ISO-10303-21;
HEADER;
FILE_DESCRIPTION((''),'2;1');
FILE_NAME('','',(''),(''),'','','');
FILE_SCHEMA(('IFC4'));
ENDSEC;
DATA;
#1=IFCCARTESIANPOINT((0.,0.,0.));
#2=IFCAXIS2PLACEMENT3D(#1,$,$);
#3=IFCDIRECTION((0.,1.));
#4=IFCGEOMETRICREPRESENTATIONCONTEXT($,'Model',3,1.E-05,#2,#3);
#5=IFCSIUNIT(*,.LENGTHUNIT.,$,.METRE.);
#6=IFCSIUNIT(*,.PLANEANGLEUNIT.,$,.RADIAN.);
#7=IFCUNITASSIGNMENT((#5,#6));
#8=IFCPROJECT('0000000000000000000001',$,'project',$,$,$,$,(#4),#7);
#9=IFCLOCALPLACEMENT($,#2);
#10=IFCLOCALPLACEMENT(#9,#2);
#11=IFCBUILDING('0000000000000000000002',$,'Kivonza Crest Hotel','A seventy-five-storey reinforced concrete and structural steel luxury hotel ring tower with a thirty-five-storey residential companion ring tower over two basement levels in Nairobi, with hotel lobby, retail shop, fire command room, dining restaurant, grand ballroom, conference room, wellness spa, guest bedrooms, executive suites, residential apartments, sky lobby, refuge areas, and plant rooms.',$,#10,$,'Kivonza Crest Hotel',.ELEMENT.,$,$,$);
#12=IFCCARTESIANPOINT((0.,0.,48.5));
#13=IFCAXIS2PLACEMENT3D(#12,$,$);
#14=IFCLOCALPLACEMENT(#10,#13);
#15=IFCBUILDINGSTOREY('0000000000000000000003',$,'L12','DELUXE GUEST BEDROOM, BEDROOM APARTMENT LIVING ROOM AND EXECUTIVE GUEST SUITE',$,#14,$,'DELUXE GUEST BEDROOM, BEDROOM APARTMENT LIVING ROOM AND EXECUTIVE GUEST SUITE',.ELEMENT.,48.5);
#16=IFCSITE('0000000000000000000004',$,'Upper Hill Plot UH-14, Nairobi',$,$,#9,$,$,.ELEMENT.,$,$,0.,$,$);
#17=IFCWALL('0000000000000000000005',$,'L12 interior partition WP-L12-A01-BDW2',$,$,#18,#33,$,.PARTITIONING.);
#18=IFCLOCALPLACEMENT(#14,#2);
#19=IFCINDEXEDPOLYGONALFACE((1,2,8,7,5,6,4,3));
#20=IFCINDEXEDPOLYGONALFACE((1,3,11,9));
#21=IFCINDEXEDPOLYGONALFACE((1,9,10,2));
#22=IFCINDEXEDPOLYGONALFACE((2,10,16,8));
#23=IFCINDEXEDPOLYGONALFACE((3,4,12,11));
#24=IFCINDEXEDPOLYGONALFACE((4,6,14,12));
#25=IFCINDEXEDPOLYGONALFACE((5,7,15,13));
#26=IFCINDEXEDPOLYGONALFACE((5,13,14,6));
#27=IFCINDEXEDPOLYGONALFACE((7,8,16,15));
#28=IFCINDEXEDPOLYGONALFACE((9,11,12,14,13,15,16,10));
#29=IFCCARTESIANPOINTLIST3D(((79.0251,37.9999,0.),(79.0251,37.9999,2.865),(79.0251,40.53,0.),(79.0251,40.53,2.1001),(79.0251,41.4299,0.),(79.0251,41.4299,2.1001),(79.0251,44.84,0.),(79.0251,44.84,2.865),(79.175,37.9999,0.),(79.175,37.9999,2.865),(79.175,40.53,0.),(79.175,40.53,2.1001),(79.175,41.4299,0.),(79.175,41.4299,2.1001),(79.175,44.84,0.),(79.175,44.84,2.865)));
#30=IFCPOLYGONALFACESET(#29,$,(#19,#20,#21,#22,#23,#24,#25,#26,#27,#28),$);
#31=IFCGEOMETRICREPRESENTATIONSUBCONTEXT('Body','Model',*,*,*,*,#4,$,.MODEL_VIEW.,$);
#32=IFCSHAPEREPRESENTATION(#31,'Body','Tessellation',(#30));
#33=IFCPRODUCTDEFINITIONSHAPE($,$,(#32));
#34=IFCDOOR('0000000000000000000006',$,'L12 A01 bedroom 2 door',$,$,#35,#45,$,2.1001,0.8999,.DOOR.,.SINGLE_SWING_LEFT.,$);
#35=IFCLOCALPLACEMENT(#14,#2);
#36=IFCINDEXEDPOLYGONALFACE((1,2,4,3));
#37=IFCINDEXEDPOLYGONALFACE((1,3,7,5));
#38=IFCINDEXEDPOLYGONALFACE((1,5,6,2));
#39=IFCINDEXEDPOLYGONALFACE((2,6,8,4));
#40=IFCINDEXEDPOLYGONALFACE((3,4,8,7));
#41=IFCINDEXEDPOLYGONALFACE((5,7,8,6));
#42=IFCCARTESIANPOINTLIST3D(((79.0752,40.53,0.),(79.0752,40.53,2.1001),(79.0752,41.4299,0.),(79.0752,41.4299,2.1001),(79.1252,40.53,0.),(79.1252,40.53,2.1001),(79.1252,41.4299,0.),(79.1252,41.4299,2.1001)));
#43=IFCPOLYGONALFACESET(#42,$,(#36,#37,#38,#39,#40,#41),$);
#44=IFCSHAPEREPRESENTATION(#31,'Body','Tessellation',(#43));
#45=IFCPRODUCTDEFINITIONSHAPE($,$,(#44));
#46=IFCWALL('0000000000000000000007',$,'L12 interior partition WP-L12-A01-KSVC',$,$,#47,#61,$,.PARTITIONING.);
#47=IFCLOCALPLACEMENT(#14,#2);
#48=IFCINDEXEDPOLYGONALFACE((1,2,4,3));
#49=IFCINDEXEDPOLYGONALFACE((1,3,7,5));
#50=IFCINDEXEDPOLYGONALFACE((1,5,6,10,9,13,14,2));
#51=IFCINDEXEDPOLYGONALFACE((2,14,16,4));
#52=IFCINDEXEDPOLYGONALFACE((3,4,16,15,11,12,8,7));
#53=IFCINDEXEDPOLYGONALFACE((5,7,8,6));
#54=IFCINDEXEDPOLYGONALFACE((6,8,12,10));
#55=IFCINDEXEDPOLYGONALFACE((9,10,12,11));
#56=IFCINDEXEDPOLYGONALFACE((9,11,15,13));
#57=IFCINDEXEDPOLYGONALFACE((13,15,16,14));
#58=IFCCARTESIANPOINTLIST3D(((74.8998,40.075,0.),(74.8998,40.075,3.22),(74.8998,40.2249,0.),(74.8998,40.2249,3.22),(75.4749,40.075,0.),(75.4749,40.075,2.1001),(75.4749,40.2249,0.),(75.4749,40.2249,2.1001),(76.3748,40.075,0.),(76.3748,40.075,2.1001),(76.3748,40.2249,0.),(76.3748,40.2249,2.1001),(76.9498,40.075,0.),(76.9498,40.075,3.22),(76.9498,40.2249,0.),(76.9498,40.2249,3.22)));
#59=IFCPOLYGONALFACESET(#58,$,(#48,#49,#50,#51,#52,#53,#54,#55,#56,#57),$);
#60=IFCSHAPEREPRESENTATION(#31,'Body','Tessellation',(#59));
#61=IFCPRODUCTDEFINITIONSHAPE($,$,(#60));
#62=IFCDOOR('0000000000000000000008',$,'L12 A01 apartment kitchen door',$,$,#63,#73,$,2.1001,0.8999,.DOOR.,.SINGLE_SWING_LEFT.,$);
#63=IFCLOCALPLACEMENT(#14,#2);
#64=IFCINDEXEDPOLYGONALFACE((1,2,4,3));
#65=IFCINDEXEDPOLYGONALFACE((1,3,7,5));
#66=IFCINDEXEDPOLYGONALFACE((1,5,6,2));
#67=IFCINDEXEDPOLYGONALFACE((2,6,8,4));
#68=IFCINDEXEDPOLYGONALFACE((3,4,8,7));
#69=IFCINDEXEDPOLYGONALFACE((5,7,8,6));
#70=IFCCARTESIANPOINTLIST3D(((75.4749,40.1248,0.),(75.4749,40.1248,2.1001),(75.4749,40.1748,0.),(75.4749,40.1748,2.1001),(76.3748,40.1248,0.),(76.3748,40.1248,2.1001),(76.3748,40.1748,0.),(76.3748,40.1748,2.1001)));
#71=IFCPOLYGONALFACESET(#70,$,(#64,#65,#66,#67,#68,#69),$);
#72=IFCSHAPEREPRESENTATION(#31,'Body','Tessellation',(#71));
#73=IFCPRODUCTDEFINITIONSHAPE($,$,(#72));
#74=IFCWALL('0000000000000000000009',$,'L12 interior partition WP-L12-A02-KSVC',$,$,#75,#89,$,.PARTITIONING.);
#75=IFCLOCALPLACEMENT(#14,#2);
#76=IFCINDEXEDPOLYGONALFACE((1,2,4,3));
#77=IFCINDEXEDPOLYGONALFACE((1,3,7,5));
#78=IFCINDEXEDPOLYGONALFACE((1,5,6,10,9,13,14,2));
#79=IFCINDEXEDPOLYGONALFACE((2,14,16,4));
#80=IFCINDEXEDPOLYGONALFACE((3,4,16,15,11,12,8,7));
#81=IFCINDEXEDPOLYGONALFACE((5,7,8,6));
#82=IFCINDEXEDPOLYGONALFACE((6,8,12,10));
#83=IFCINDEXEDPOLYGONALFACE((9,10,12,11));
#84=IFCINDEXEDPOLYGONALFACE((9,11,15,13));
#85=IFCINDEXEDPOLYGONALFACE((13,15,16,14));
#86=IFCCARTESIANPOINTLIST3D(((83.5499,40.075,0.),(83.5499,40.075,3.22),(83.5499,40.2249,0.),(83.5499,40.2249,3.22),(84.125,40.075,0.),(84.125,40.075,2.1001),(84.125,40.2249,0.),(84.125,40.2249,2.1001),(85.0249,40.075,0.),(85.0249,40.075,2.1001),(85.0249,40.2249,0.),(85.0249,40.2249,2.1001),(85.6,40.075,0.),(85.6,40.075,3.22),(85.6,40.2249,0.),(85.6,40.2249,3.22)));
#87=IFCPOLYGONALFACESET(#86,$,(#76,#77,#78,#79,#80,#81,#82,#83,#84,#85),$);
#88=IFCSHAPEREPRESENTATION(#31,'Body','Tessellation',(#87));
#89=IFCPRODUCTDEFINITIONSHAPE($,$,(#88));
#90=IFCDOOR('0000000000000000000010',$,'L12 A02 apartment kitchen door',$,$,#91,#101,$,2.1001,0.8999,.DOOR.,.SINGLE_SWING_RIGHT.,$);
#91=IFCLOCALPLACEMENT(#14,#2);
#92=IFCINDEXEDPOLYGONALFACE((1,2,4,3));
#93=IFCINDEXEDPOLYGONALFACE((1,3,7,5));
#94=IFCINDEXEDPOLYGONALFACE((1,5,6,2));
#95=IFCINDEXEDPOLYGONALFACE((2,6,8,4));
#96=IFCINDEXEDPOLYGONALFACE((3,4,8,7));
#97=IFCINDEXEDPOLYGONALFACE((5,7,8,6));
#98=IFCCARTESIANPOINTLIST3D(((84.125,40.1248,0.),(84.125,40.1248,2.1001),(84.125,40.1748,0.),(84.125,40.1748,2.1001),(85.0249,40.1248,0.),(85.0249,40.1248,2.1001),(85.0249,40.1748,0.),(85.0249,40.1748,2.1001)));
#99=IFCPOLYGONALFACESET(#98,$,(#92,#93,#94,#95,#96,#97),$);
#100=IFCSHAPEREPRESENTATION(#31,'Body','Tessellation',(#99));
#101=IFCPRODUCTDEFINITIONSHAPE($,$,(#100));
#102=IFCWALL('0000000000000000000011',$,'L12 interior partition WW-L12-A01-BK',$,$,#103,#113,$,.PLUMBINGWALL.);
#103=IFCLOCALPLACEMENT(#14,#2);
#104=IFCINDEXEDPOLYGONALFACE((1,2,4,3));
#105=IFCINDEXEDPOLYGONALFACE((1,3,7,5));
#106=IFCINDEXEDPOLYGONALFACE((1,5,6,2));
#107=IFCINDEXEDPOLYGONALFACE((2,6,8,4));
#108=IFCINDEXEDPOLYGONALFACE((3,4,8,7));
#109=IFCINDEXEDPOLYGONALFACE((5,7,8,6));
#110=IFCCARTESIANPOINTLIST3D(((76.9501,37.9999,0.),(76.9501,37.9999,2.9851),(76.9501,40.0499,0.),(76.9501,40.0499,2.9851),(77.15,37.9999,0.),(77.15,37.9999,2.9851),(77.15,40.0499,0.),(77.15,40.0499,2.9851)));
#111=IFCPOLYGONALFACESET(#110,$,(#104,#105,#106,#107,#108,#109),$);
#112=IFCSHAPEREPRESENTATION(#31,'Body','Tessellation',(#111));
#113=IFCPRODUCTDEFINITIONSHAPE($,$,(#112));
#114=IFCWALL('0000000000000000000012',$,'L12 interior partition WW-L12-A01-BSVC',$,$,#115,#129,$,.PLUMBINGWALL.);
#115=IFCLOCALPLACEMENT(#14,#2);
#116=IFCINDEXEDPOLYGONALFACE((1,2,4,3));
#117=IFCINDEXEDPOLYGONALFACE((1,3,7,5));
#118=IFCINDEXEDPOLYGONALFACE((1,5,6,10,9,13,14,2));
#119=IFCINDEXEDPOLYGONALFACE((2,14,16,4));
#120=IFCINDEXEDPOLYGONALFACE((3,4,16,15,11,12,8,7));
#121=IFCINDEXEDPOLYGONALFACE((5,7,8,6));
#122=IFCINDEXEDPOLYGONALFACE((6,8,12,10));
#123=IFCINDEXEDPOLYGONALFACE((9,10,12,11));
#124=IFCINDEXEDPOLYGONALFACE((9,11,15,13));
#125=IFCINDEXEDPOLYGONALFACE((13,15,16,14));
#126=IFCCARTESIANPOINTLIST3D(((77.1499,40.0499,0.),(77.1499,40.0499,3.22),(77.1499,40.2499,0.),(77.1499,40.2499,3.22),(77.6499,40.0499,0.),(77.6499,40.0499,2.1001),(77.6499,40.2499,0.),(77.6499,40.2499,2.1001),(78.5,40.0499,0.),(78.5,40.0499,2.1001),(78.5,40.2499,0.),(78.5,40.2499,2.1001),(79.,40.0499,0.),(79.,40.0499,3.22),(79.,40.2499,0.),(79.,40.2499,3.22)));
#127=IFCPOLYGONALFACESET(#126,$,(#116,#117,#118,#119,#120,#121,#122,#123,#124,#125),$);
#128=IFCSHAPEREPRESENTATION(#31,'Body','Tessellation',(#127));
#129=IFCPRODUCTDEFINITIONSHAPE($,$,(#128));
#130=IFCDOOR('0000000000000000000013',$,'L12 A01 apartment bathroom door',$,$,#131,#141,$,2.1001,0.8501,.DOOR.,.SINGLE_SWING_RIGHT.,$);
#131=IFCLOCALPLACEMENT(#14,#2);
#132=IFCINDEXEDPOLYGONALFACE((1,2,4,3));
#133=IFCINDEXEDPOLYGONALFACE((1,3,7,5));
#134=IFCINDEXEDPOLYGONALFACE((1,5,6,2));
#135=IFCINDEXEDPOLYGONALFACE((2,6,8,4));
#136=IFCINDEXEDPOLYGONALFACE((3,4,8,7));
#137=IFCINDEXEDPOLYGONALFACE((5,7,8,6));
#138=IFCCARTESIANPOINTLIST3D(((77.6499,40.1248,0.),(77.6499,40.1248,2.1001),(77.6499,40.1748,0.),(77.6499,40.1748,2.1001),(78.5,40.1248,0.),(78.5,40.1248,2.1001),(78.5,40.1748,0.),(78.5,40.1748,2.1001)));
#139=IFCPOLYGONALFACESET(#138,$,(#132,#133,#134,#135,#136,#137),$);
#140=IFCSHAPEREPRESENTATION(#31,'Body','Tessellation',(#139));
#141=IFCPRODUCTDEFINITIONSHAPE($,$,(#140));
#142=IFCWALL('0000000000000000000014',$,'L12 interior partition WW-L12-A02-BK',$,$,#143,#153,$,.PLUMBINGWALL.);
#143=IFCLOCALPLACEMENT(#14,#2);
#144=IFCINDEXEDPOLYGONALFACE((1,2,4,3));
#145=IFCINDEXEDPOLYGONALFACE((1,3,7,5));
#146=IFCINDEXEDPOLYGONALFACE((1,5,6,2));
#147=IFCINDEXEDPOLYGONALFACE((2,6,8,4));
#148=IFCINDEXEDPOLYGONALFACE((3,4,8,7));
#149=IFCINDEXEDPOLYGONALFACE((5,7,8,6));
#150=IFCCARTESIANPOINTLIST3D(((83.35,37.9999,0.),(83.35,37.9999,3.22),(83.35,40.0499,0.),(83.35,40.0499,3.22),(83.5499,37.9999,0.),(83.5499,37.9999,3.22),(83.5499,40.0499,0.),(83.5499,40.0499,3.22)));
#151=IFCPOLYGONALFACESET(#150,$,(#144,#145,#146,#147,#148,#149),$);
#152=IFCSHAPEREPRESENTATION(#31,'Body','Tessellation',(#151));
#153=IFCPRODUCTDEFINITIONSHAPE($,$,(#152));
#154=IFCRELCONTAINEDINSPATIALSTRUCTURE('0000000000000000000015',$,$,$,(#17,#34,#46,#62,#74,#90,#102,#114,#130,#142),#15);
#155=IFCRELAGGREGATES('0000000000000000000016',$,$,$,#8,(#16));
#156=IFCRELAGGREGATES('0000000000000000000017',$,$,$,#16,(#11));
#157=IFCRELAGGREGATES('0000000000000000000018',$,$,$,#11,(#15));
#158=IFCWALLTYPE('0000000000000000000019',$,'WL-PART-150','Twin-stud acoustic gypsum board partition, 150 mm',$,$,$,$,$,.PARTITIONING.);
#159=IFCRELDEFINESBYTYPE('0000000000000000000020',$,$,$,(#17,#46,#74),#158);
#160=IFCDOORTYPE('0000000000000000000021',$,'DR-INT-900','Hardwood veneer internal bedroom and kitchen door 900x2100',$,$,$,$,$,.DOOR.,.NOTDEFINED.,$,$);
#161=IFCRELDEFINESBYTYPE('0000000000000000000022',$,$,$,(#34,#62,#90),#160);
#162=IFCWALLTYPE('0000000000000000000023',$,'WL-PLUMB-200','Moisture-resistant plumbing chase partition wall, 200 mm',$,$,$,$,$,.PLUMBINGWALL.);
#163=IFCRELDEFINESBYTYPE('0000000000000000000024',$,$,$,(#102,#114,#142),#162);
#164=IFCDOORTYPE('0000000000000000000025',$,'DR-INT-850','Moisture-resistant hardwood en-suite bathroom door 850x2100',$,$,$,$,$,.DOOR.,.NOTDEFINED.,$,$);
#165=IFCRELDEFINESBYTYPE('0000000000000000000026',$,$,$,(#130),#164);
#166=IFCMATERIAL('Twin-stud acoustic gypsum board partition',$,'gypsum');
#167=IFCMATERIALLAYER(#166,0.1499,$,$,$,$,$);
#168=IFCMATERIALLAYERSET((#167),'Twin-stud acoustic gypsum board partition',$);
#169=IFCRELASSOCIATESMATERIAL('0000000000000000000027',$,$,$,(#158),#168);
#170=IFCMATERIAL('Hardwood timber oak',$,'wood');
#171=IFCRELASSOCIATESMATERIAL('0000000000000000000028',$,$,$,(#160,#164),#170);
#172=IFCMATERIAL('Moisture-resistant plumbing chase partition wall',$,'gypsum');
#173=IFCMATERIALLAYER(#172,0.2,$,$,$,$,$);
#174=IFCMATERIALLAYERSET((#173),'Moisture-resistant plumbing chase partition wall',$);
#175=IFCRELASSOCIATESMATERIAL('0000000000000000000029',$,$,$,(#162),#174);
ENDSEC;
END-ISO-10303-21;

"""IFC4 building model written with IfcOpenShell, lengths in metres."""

from ifc_helpers import new_model, si_unit, direction, frame, frame_2d, origin, place, context, subcontext, project, spatial, rectangle, extrude, material, layer, layer_set, type_object, element, fill, save


model = new_model("IFC4")

# Units and contexts
model_context = context("Model", 3, precision=1e-05, world=origin(), true_north=direction((0.0, 1.0)))
body_context = subcontext(model_context, "Body", "Model", "MODEL_VIEW")
ifc_project = project(units=[si_unit("LENGTHUNIT", "METRE"), si_unit("PLANEANGLEUNIT", "RADIAN")], contexts=[model_context])

# Site, building, storey
site_placement = place(None, origin())
site = spatial("IfcSite", under=ifc_project, at=site_placement, Name="Upper Hill Plot UH-14, Nairobi", CompositionType="ELEMENT", RefElevation=0.0)
building_placement = place(site_placement, origin())
building = spatial("IfcBuilding", under=site, at=building_placement, Name="Kivonza Crest Hotel", Description="A seventy-five-storey reinforced concrete and structural steel luxury hotel ring tower with a thirty-five-storey residential companion ring tower over two basement levels in Nairobi, with hotel lobby, retail shop, fire command room, dining restaurant, grand ballroom, conference room, wellness spa, guest bedrooms, executive suites, residential apartments, sky lobby, refuge areas, and plant rooms.", LongName="Kivonza Crest Hotel", CompositionType="ELEMENT")
storey_placement = place(building_placement, frame((0.0, 0.0, 48.5)))
storey = spatial("IfcBuildingStorey", under=building, at=storey_placement, Name="L12", Description="DELUXE GUEST BEDROOM, BEDROOM APARTMENT LIVING ROOM AND EXECUTIVE GUEST SUITE", LongName="DELUXE GUEST BEDROOM, BEDROOM APARTMENT LIVING ROOM AND EXECUTIVE GUEST SUITE", CompositionType="ELEMENT", Elevation=48.5)

# Walls, openings, doors
ifc_material_1 = material(Name="Twin-stud acoustic gypsum board partition", Category="gypsum")
ifc_layer_1 = layer(ifc_material_1, 0.1499)
ifc_layer_set_1 = layer_set([ifc_layer_1], Name="Twin-stud acoustic gypsum board partition")
wall_type_1 = type_object("IfcWallType", Name="WL-PART-150", Description="Twin-stud acoustic gypsum board partition, 150 mm", PredefinedType="PARTITIONING", material=ifc_layer_set_1)
wall_1_placement = place(storey_placement, frame((79.1001, 38.0, 0.0), z_axis=(0.0, 0.0, 1.0), x_axis=(0.0, 1.0, 0.0)))
wall_1 = element("IfcWall", 1, at=wall_1_placement, inside=storey, type_object=wall_type_1, Name="L12 interior partition WP-L12-A01-BDW2", PredefinedType="PARTITIONING", context=body_context, shape_type="SweptSolid", body=[
    extrude(rectangle(XDim=6.8401, YDim=0.1499, at=frame_2d((3.4199, 0.0))), origin(), (0.0, 0.0, 1.0), 2.865),
])
opening_1_placement = place(wall_1_placement, frame((2.53, 0.0, 0.0)))
opening_1 = element("IfcOpeningElement", 2, at=opening_1_placement, cuts=wall_1, PredefinedType="OPENING", context=body_context, shape_type="SweptSolid", body=[
    extrude(rectangle(XDim=0.8999, YDim=2.1001, at=frame_2d((0.45, 1.05))), frame((0.0, 0.085, 0.0), z_axis=(0.0, -1.0, 0.0), x_axis=(1.0, 0.0, 0.0)), (0.0, 0.0, 1.0), 0.1699),
])
ifc_material_2 = material(Name="Hardwood timber oak", Category="wood")
door_type_1 = type_object("IfcDoorType", Name="DR-INT-900", Description="Hardwood veneer internal bedroom and kitchen door 900x2100", OperationType="NOTDEFINED", PredefinedType="DOOR", material=ifc_material_2)
door_1_placement = place(opening_1_placement, origin())
door_1 = element("IfcDoor", 3, at=door_1_placement, inside=storey, type_object=door_type_1, Name="L12 A01 bedroom 2 door", OperationType="SINGLE_SWING_LEFT", OverallHeight=2.1001, OverallWidth=0.8999, PredefinedType="DOOR", context=body_context, shape_type="SweptSolid", body=[
    extrude(rectangle(XDim=0.8999, YDim=2.1001, at=frame_2d((0.45, 1.05))), frame((0.0, 0.0249, 0.0), z_axis=(0.0, -1.0, 0.0), x_axis=(1.0, 0.0, 0.0)), (0.0, 0.0, 1.0), 0.05),
])
fill(opening_1, door_1)
wall_2_placement = place(storey_placement, frame((74.8999, 40.1499, 0.0), z_axis=(0.0, 0.0, 1.0), x_axis=(1.0, 0.0, 0.0)))
wall_2 = element("IfcWall", 4, at=wall_2_placement, inside=storey, type_object=wall_type_1, Name="L12 interior partition WP-L12-A01-KSVC", PredefinedType="PARTITIONING", context=body_context, shape_type="SweptSolid", body=[
    extrude(rectangle(XDim=2.05, YDim=0.1499, at=frame_2d((1.0249, 0.0))), origin(), (0.0, 0.0, 1.0), 3.22),
])
opening_2_placement = place(wall_2_placement, frame((0.575, 0.0, 0.0)))
opening_2 = element("IfcOpeningElement", 5, at=opening_2_placement, cuts=wall_2, PredefinedType="OPENING", context=body_context, shape_type="SweptSolid", body=[
    extrude(rectangle(XDim=0.8999, YDim=2.1001, at=frame_2d((0.45, 1.05))), frame((0.0, 0.085, 0.0), z_axis=(0.0, -1.0, 0.0), x_axis=(1.0, 0.0, 0.0)), (0.0, 0.0, 1.0), 0.1699),
])
door_2_placement = place(opening_2_placement, origin())
door_2 = element("IfcDoor", 6, at=door_2_placement, inside=storey, type_object=door_type_1, Name="L12 A01 apartment kitchen door", OperationType="SINGLE_SWING_LEFT", OverallHeight=2.1001, OverallWidth=0.8999, PredefinedType="DOOR", context=body_context, shape_type="SweptSolid", body=[
    extrude(rectangle(XDim=0.8999, YDim=2.1001, at=frame_2d((0.45, 1.05))), frame((0.0, 0.0249, 0.0), z_axis=(0.0, -1.0, 0.0), x_axis=(1.0, 0.0, 0.0)), (0.0, 0.0, 1.0), 0.05),
])
fill(opening_2, door_2)
wall_3_placement = place(storey_placement, frame((83.55, 40.1499, 0.0), z_axis=(0.0, 0.0, 1.0), x_axis=(1.0, 0.0, 0.0)))
wall_3 = element("IfcWall", 7, at=wall_3_placement, inside=storey, type_object=wall_type_1, Name="L12 interior partition WP-L12-A02-KSVC", PredefinedType="PARTITIONING", context=body_context, shape_type="SweptSolid", body=[
    extrude(rectangle(XDim=2.05, YDim=0.1499, at=frame_2d((1.0249, 0.0))), origin(), (0.0, 0.0, 1.0), 3.22),
])
opening_3_placement = place(wall_3_placement, frame((0.575, 0.0, 0.0)))
opening_3 = element("IfcOpeningElement", 8, at=opening_3_placement, cuts=wall_3, PredefinedType="OPENING", context=body_context, shape_type="SweptSolid", body=[
    extrude(rectangle(XDim=0.8999, YDim=2.1001, at=frame_2d((0.45, 1.05))), frame((0.0, 0.085, 0.0), z_axis=(0.0, -1.0, 0.0), x_axis=(1.0, 0.0, 0.0)), (0.0, 0.0, 1.0), 0.1699),
])
door_3_placement = place(opening_3_placement, origin())
door_3 = element("IfcDoor", 9, at=door_3_placement, inside=storey, type_object=door_type_1, Name="L12 A02 apartment kitchen door", OperationType="SINGLE_SWING_RIGHT", OverallHeight=2.1001, OverallWidth=0.8999, PredefinedType="DOOR", context=body_context, shape_type="SweptSolid", body=[
    extrude(rectangle(XDim=0.8999, YDim=2.1001, at=frame_2d((0.45, 1.05))), frame((0.0, 0.0249, 0.0), z_axis=(0.0, -1.0, 0.0), x_axis=(1.0, 0.0, 0.0)), (0.0, 0.0, 1.0), 0.05),
])
fill(opening_3, door_3)

# Wall
ifc_material_3 = material(Name="Moisture-resistant plumbing chase partition wall", Category="gypsum")
ifc_layer_2 = layer(ifc_material_3, 0.2)
ifc_layer_set_2 = layer_set([ifc_layer_2], Name="Moisture-resistant plumbing chase partition wall")
wall_type_2 = type_object("IfcWallType", Name="WL-PLUMB-200", Description="Moisture-resistant plumbing chase partition wall, 200 mm", PredefinedType="PLUMBINGWALL", material=ifc_layer_set_2)
wall_4_placement = place(storey_placement, frame((77.05, 38.0, 0.0), z_axis=(0.0, 0.0, 1.0), x_axis=(0.0, 1.0, 0.0)))
element("IfcWall", 10, at=wall_4_placement, inside=storey, type_object=wall_type_2, Name="L12 interior partition WW-L12-A01-BK", PredefinedType="PLUMBINGWALL", context=body_context, shape_type="SweptSolid", body=[
    extrude(rectangle(XDim=2.05, YDim=0.2, at=frame_2d((1.0249, 0.0))), origin(), (0.0, 0.0, 1.0), 2.9851),
])

# Wall, opening, door
wall_5_placement = place(storey_placement, frame((77.1499, 40.1499, 0.0), z_axis=(0.0, 0.0, 1.0), x_axis=(1.0, 0.0, 0.0)))
wall_5 = element("IfcWall", 11, at=wall_5_placement, inside=storey, type_object=wall_type_2, Name="L12 interior partition WW-L12-A01-BSVC", PredefinedType="PLUMBINGWALL", context=body_context, shape_type="SweptSolid", body=[
    extrude(rectangle(XDim=1.8501, YDim=0.2, at=frame_2d((0.925, 0.0))), origin(), (0.0, 0.0, 1.0), 3.22),
])
opening_4_placement = place(wall_5_placement, frame((0.5, 0.0, 0.0)))
opening_4 = element("IfcOpeningElement", 12, at=opening_4_placement, cuts=wall_5, PredefinedType="OPENING", context=body_context, shape_type="SweptSolid", body=[
    extrude(rectangle(XDim=0.8501, YDim=2.1001, at=frame_2d((0.425, 1.05))), frame((0.0, 0.1099, 0.0), z_axis=(0.0, -1.0, 0.0), x_axis=(1.0, 0.0, 0.0)), (0.0, 0.0, 1.0), 0.22),
])
door_type_2 = type_object("IfcDoorType", Name="DR-INT-850", Description="Moisture-resistant hardwood en-suite bathroom door 850x2100", OperationType="NOTDEFINED", PredefinedType="DOOR", material=ifc_material_2)
door_4_placement = place(opening_4_placement, origin())
door_4 = element("IfcDoor", 13, at=door_4_placement, inside=storey, type_object=door_type_2, Name="L12 A01 apartment bathroom door", OperationType="SINGLE_SWING_RIGHT", OverallHeight=2.1001, OverallWidth=0.8501, PredefinedType="DOOR", context=body_context, shape_type="SweptSolid", body=[
    extrude(rectangle(XDim=0.8501, YDim=2.1001, at=frame_2d((0.425, 1.05))), frame((0.0, 0.0249, 0.0), z_axis=(0.0, -1.0, 0.0), x_axis=(1.0, 0.0, 0.0)), (0.0, 0.0, 1.0), 0.05),
])
fill(opening_4, door_4)

# Wall
wall_6_placement = place(storey_placement, frame((83.45, 38.0, 0.0), z_axis=(0.0, 0.0, 1.0), x_axis=(0.0, 1.0, 0.0)))
element("IfcWall", 14, at=wall_6_placement, inside=storey, type_object=wall_type_2, Name="L12 interior partition WW-L12-A02-BK", PredefinedType="PLUMBINGWALL", context=body_context, shape_type="SweptSolid", body=[
    extrude(rectangle(XDim=2.05, YDim=0.2, at=frame_2d((1.0249, 0.0))), origin(), (0.0, 0.0, 1.0), 3.22),
])

save(model, "model.ifc")
